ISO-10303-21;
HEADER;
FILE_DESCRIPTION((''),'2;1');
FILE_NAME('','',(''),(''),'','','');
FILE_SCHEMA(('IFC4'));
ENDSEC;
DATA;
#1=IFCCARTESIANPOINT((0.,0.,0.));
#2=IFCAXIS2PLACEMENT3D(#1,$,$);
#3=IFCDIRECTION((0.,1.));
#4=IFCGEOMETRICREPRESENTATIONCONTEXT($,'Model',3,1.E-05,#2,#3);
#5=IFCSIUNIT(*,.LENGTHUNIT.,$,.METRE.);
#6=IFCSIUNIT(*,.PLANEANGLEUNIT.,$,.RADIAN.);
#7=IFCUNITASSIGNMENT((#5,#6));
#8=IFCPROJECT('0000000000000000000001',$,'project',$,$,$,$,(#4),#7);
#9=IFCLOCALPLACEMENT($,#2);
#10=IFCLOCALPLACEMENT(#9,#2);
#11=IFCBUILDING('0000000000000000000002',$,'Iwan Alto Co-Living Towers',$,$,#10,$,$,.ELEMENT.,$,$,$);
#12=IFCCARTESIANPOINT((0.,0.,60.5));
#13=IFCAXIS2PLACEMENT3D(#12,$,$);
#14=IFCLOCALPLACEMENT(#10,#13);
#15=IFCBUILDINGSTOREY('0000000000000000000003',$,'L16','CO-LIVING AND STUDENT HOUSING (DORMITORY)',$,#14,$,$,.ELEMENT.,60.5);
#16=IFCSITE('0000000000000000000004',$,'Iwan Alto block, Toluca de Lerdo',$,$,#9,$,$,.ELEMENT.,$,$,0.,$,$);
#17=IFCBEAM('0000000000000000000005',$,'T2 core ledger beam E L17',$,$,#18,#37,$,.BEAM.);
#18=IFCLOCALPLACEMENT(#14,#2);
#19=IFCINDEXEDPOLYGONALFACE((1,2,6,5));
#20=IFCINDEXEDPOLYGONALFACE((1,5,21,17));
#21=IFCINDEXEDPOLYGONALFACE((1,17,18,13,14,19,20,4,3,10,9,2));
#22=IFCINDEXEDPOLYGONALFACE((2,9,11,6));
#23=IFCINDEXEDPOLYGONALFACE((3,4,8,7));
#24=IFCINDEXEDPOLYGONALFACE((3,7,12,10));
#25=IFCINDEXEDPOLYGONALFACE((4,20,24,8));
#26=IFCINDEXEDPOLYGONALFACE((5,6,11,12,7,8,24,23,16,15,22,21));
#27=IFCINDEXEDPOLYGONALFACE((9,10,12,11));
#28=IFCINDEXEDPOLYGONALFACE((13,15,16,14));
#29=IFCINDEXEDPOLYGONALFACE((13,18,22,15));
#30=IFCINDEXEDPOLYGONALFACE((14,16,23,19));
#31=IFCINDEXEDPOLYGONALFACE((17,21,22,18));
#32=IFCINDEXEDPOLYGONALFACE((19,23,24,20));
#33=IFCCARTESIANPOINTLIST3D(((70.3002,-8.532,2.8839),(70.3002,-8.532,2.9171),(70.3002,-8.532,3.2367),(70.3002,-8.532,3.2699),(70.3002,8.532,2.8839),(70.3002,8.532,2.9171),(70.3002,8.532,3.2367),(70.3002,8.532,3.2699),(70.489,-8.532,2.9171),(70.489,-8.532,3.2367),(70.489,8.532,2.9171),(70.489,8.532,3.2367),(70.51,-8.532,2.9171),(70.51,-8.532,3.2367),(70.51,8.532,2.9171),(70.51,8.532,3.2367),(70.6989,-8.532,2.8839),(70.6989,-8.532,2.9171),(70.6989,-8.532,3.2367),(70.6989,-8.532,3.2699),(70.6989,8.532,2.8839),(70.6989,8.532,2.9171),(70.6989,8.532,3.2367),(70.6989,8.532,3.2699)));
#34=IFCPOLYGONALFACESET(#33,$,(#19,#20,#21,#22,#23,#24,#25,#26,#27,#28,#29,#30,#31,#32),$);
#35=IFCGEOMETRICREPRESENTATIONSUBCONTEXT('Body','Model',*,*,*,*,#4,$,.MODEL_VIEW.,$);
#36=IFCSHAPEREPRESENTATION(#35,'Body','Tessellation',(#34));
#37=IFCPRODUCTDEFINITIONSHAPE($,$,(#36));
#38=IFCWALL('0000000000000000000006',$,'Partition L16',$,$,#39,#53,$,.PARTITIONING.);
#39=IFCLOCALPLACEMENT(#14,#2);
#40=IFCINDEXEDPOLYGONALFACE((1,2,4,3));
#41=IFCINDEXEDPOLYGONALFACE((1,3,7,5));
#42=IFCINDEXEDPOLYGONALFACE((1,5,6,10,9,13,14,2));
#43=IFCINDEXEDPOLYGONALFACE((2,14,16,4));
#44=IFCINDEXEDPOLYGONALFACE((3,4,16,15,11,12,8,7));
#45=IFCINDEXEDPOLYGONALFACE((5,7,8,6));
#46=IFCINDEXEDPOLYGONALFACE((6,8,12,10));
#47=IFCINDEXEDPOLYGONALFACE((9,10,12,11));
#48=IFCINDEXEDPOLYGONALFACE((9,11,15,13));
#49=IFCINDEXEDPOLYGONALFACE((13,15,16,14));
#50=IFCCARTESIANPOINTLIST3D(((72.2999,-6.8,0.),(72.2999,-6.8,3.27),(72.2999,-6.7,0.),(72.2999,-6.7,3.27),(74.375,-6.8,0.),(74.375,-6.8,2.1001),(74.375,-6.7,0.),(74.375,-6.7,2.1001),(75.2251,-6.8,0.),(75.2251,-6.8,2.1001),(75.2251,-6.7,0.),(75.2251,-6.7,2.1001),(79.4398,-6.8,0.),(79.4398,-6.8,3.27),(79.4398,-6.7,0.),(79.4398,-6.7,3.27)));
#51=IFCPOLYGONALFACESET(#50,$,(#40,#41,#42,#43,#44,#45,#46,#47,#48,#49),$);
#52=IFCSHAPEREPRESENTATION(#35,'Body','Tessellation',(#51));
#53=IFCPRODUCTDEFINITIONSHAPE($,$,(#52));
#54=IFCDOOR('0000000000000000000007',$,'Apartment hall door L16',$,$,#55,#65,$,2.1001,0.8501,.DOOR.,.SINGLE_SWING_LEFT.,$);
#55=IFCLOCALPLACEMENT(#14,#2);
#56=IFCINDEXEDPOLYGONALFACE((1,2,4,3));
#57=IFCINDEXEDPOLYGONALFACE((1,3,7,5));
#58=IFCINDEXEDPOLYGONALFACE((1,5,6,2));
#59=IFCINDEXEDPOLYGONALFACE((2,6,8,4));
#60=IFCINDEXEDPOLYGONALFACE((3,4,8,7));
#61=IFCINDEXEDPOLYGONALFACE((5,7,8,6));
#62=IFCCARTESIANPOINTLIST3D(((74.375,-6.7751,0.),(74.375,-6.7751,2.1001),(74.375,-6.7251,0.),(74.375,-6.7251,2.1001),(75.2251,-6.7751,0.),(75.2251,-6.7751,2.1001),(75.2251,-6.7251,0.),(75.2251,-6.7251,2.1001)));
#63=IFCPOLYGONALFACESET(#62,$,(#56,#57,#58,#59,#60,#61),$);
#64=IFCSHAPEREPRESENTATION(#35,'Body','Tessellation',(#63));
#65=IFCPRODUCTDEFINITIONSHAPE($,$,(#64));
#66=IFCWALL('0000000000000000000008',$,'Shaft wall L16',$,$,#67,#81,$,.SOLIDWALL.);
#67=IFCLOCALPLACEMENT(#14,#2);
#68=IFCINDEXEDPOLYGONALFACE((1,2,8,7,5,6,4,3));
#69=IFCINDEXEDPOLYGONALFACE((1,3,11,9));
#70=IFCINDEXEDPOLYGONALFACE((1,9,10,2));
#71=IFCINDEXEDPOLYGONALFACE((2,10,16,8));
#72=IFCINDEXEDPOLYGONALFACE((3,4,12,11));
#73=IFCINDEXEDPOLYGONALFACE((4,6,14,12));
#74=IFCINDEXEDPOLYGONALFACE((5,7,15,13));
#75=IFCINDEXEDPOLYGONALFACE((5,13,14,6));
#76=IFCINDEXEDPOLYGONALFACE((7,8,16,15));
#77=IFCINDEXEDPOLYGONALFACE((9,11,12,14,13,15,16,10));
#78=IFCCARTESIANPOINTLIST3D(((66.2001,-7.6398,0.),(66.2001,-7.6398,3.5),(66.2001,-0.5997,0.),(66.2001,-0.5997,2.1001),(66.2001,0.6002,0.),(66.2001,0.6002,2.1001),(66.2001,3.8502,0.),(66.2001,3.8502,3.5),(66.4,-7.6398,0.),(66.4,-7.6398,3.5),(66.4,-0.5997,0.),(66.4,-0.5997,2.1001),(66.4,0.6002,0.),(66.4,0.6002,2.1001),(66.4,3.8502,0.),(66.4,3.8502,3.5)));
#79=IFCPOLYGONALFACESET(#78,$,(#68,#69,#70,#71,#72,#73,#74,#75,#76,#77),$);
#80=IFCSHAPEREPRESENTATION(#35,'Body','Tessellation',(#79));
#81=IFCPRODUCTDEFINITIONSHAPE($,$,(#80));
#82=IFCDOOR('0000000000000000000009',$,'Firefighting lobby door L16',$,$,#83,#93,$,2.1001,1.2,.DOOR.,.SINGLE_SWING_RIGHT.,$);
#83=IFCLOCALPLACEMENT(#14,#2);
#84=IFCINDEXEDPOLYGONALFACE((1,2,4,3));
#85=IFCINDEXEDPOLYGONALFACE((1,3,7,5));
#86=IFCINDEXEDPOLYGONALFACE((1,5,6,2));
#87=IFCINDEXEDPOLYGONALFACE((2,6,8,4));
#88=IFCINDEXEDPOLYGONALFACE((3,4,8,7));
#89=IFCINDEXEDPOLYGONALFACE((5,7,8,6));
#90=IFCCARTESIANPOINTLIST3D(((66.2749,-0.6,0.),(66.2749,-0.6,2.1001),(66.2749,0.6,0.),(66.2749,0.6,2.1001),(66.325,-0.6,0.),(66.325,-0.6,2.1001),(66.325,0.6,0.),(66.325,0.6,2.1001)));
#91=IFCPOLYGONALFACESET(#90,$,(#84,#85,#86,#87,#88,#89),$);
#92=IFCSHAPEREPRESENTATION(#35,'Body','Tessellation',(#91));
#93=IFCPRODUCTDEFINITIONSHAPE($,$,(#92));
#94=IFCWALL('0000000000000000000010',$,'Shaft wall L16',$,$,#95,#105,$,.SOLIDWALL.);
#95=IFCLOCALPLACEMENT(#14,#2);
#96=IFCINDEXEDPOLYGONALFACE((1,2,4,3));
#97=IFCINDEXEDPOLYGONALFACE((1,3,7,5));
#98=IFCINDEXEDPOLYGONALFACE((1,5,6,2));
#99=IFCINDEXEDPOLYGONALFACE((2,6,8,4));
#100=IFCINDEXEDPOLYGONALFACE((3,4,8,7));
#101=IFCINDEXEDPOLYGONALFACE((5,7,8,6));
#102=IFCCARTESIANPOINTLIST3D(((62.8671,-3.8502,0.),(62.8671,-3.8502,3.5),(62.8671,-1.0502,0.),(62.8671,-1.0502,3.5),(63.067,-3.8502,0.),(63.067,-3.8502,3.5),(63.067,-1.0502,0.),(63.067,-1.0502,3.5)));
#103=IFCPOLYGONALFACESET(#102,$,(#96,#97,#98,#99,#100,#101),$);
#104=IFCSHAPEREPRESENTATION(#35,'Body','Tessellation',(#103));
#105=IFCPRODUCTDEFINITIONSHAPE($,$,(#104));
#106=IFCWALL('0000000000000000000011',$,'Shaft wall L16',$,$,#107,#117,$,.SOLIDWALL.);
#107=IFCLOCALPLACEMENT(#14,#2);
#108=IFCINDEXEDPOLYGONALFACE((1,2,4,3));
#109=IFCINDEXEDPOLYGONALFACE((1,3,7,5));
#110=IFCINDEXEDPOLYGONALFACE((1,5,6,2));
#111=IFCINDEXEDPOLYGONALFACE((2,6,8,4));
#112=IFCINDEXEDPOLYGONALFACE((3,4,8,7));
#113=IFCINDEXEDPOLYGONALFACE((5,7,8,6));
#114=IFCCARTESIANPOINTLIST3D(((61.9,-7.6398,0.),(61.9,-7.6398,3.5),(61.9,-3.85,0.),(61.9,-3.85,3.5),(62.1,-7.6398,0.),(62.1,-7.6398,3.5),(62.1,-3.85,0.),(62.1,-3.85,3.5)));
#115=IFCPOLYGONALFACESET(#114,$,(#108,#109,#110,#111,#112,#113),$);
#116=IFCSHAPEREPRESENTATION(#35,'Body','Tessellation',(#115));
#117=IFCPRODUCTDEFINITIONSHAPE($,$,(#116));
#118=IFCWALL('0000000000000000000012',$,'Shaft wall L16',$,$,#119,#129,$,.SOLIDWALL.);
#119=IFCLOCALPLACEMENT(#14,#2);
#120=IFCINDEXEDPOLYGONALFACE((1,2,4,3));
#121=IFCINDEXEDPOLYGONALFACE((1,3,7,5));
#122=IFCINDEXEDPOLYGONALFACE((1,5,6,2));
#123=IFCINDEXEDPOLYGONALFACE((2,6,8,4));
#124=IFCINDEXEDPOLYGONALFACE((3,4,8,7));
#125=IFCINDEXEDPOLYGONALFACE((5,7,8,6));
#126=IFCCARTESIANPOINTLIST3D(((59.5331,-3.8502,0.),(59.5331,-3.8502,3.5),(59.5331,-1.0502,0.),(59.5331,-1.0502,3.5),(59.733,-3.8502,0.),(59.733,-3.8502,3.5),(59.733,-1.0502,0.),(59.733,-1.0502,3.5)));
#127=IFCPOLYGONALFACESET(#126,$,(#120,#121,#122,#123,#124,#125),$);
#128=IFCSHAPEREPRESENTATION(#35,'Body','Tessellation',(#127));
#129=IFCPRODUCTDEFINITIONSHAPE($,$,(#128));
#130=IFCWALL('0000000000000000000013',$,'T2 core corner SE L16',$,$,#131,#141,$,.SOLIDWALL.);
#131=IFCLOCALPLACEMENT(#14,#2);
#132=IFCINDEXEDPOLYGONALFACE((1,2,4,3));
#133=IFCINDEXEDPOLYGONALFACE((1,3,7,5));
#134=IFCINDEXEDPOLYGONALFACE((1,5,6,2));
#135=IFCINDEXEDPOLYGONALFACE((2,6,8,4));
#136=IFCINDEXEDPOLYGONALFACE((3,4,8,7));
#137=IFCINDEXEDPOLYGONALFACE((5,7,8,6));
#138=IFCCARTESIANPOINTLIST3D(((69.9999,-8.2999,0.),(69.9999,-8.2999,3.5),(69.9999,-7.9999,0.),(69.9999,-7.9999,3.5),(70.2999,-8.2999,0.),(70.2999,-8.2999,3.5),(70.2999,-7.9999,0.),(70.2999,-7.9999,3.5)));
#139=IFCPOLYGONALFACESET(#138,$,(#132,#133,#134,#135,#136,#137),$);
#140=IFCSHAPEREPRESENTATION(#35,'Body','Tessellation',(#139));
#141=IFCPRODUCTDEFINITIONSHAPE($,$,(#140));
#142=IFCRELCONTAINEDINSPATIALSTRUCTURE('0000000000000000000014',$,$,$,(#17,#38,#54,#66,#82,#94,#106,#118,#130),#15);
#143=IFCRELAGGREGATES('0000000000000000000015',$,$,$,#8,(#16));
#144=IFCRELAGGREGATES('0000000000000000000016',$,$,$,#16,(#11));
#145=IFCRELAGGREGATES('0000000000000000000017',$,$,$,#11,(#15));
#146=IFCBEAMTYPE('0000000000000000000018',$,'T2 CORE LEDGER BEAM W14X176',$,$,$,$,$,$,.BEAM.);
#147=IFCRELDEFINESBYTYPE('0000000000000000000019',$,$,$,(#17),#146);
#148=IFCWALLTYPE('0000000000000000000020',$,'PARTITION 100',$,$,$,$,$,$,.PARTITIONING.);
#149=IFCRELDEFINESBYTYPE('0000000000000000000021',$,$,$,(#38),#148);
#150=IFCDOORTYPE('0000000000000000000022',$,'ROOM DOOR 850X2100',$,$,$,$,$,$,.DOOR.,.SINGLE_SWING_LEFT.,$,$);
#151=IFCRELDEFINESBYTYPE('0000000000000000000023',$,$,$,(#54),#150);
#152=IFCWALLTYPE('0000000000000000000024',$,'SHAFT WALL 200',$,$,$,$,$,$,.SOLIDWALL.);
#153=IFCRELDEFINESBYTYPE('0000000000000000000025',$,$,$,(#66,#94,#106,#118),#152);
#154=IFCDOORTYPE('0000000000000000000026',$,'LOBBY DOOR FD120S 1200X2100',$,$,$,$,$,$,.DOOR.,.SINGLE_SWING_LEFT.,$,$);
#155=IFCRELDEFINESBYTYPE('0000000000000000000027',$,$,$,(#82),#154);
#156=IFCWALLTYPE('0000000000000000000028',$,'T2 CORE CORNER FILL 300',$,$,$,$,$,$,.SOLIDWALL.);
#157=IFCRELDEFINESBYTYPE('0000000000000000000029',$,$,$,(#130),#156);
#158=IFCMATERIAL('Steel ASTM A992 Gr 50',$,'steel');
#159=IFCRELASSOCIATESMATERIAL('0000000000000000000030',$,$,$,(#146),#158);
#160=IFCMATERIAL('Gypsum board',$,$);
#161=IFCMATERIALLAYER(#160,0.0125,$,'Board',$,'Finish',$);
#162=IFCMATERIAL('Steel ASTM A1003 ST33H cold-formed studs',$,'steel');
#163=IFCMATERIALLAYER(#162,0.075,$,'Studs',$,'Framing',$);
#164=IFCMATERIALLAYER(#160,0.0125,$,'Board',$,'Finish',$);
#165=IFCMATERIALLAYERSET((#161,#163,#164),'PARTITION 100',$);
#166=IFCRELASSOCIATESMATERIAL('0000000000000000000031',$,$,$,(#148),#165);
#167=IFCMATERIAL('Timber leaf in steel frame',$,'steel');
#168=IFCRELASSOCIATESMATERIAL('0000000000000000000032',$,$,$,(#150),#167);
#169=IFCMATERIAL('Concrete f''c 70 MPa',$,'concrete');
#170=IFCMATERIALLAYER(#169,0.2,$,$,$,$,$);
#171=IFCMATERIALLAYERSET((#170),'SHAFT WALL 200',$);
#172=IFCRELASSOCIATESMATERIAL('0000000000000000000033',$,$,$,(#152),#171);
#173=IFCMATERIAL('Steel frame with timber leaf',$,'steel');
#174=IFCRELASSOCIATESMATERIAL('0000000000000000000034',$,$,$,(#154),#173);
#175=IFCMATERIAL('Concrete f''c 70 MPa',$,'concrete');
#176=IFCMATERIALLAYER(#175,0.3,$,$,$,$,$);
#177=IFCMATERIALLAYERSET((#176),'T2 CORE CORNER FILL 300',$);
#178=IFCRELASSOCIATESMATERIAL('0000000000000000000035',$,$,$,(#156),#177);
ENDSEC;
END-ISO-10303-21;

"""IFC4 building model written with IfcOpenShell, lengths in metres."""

from ifc_helpers import new_model, si_unit, direction, frame, frame_2d, origin, origin_2d, place, context, subcontext, project, spatial, rectangle, i_section, extrude, material, layer, layer_set, material_profile, profile_set, type_object, element, fill, save


model = new_model("IFC4")

# Units and contexts
model_context = context("Model", 3, precision=1e-05, world=origin(), true_north=direction((0.0, 1.0)))
body_context = subcontext(model_context, "Body", "Model", "MODEL_VIEW")
ifc_project = project(units=[si_unit("LENGTHUNIT", "METRE"), si_unit("PLANEANGLEUNIT", "RADIAN")], contexts=[model_context])

# Site, building, storey
site_placement = place(None, origin())
site = spatial("IfcSite", under=ifc_project, at=site_placement, Name="Iwan Alto block, Toluca de Lerdo", CompositionType="ELEMENT", RefElevation=0.0)
building_placement = place(site_placement, origin())
building = spatial("IfcBuilding", under=site, at=building_placement, Name="Iwan Alto Co-Living Towers", CompositionType="ELEMENT")
storey_placement = place(building_placement, frame((0.0, 0.0, 60.5)))
storey = spatial("IfcBuildingStorey", under=building, at=storey_placement, Name="L16", Description="CO-LIVING AND STUDENT HOUSING (DORMITORY)", CompositionType="ELEMENT", Elevation=60.5)

# Beam
ifc_material_1 = material(Name="Steel ASTM A992 Gr 50", Category="steel")
ifc_material_profile = material_profile(ifc_material_1, i_section(OverallWidth=0.3987, OverallDepth=0.386, WebThickness=0.021, FlangeThickness=0.0332, at=origin_2d()), Name="W14X176")
ifc_profile_set = profile_set([ifc_material_profile], Name="Steel ASTM A992 Gr 50")
beam_type = type_object("IfcBeamType", Name="T2 CORE LEDGER BEAM W14X176", PredefinedType="BEAM", material=ifc_profile_set)
beam_placement = place(storey_placement, frame((70.4995, -8.532, 3.0769), z_axis=(0.0, 1.0, 0.0), x_axis=(-1.0, 0.0, 0.0)))
element("IfcBeam", 1, at=beam_placement, inside=storey, type_object=beam_type, Name="T2 core ledger beam E L17", PredefinedType="BEAM", context=body_context, shape_type="SweptSolid", body=[
    extrude(i_section(OverallWidth=0.3987, OverallDepth=0.386, WebThickness=0.021, FlangeThickness=0.0332, at=origin_2d()), origin(), (0.0, 0.0, 1.0), 17.064),
])

# Walls, openings, doors
ifc_material_2 = material(Name="Gypsum board")
ifc_layer_1 = layer(ifc_material_2, 0.0125, Name="Board", Category="Finish")
ifc_material_3 = material(Name="Steel ASTM A1003 ST33H cold-formed studs", Category="steel")
ifc_layer_2 = layer(ifc_material_3, 0.075, Name="Studs", Category="Framing")
ifc_layer_3 = layer(ifc_material_2, 0.0125, Name="Board", Category="Finish")
ifc_layer_set_1 = layer_set([ifc_layer_1, ifc_layer_2, ifc_layer_3], Name="PARTITION 100")
wall_type_1 = type_object("IfcWallType", Name="PARTITION 100", PredefinedType="PARTITIONING", material=ifc_layer_set_1)
wall_1_placement = place(storey_placement, frame((72.3, -6.75, 0.0), z_axis=(0.0, 0.0, 1.0), x_axis=(1.0, 0.0, 0.0)))
wall_1 = element("IfcWall", 2, at=wall_1_placement, inside=storey, type_object=wall_type_1, Name="Partition L16", PredefinedType="PARTITIONING", context=body_context, shape_type="SweptSolid", body=[
    extrude(rectangle(XDim=7.1399, YDim=0.1001, at=frame_2d((3.5698, 0.0))), origin(), (0.0, 0.0, 1.0), 3.27),
])
opening_1_placement = place(wall_1_placement, frame((2.075, 0.0, 0.0)))
opening_1 = element("IfcOpeningElement", 3, at=opening_1_placement, cuts=wall_1, PredefinedType="OPENING", context=body_context, shape_type="SweptSolid", body=[
    extrude(rectangle(XDim=0.8501, YDim=2.1001, at=frame_2d((0.425, 1.05))), frame((0.0, 0.0601, 0.0), z_axis=(0.0, -1.0, 0.0), x_axis=(1.0, 0.0, 0.0)), (0.0, 0.0, 1.0), 0.1201),
])
ifc_material_4 = material(Name="Timber leaf in steel frame", Category="steel")
door_type_1 = type_object("IfcDoorType", Name="ROOM DOOR 850X2100", OperationType="SINGLE_SWING_LEFT", PredefinedType="DOOR", material=ifc_material_4)
door_1_placement = place(opening_1_placement, origin())
door_1 = element("IfcDoor", 4, at=door_1_placement, inside=storey, type_object=door_type_1, Name="Apartment hall door L16", OperationType="SINGLE_SWING_LEFT", OverallHeight=2.1001, OverallWidth=0.8501, PredefinedType="DOOR", context=body_context, shape_type="SweptSolid", body=[
    extrude(rectangle(XDim=0.8501, YDim=2.1001, at=frame_2d((0.425, 1.05))), frame((0.0, 0.0249, 0.0), z_axis=(0.0, -1.0, 0.0), x_axis=(1.0, 0.0, 0.0)), (0.0, 0.0, 1.0), 0.05),
])
fill(opening_1, door_1)
ifc_material_5 = material(Name="Concrete f'c 70 MPa", Category="concrete")
ifc_layer_4 = layer(ifc_material_5, 0.2)
ifc_layer_set_2 = layer_set([ifc_layer_4], Name="SHAFT WALL 200")
wall_type_2 = type_object("IfcWallType", Name="SHAFT WALL 200", PredefinedType="SOLIDWALL", material=ifc_layer_set_2)
wall_2_placement = place(storey_placement, frame((66.3, -7.6399, 0.0), z_axis=(0.0, 0.0, 1.0), x_axis=(0.0, 1.0, 0.0)))
wall_2 = element("IfcWall", 5, at=wall_2_placement, inside=storey, type_object=wall_type_2, Name="Shaft wall L16", PredefinedType="SOLIDWALL", context=body_context, shape_type="SweptSolid", body=[
    extrude(rectangle(XDim=11.49, YDim=0.2, at=frame_2d((5.7451, 0.0))), origin(), (0.0, 0.0, 1.0), 3.5),
])
opening_2_placement = place(wall_2_placement, frame((7.04, 0.0, 0.0)))
opening_2 = element("IfcOpeningElement", 6, at=opening_2_placement, cuts=wall_2, PredefinedType="OPENING", context=body_context, shape_type="SweptSolid", body=[
    extrude(rectangle(XDim=1.2, YDim=2.1001, at=frame_2d((0.6001, 1.05))), frame((0.0, 0.1099, 0.0), z_axis=(0.0, -1.0, 0.0), x_axis=(1.0, 0.0, 0.0)), (0.0, 0.0, 1.0), 0.22),
])
ifc_material_6 = material(Name="Steel frame with timber leaf", Category="steel")
door_type_2 = type_object("IfcDoorType", Name="LOBBY DOOR FD120S 1200X2100", OperationType="SINGLE_SWING_LEFT", PredefinedType="DOOR", material=ifc_material_6)
door_2_placement = place(opening_2_placement, frame((1.2, 0.0, 0.0), z_axis=(0.0, 0.0, 1.0), x_axis=(-1.0, 0.0, 0.0)))
door_2 = element("IfcDoor", 7, at=door_2_placement, inside=storey, type_object=door_type_2, Name="Firefighting lobby door L16", OperationType="SINGLE_SWING_RIGHT", OverallHeight=2.1001, OverallWidth=1.2, PredefinedType="DOOR", context=body_context, shape_type="SweptSolid", body=[
    extrude(rectangle(XDim=1.2, YDim=2.1001, at=frame_2d((0.6001, 1.05))), frame((0.0, 0.0249, 0.0), z_axis=(0.0, -1.0, 0.0), x_axis=(1.0, 0.0, 0.0)), (0.0, 0.0, 1.0), 0.05),
])
fill(opening_2, door_2)

# Walls
wall_3_placement = place(storey_placement, frame((62.967, -3.8501, 0.0), z_axis=(0.0, 0.0, 1.0), x_axis=(0.0, 1.0, 0.0)))
element("IfcWall", 8, at=wall_3_placement, inside=storey, type_object=wall_type_2, Name="Shaft wall L16", PredefinedType="SOLIDWALL", context=body_context, shape_type="SweptSolid", body=[
    extrude(rectangle(XDim=2.8, YDim=0.2, at=frame_2d((1.3999, 0.0))), origin(), (0.0, 0.0, 1.0), 3.5),
])
wall_4_placement = place(storey_placement, frame((62.0, -7.6399, 0.0), z_axis=(0.0, 0.0, 1.0), x_axis=(0.0, 1.0, 0.0)))
element("IfcWall", 9, at=wall_4_placement, inside=storey, type_object=wall_type_2, Name="Shaft wall L16", PredefinedType="SOLIDWALL", context=body_context, shape_type="SweptSolid", body=[
    extrude(rectangle(XDim=3.7898, YDim=0.2, at=frame_2d((1.895, 0.0))), origin(), (0.0, 0.0, 1.0), 3.5),
])
wall_5_placement = place(storey_placement, frame((59.6331, -3.8501, 0.0), z_axis=(0.0, 0.0, 1.0), x_axis=(0.0, 1.0, 0.0)))
element("IfcWall", 10, at=wall_5_placement, inside=storey, type_object=wall_type_2, Name="Shaft wall L16", PredefinedType="SOLIDWALL", context=body_context, shape_type="SweptSolid", body=[
    extrude(rectangle(XDim=2.8, YDim=0.2, at=frame_2d((1.3999, 0.0))), origin(), (0.0, 0.0, 1.0), 3.5),
])
ifc_material_7 = material(Name="Concrete f'c 70 MPa", Category="concrete")
ifc_layer_5 = layer(ifc_material_7, 0.3)
ifc_layer_set_3 = layer_set([ifc_layer_5], Name="T2 CORE CORNER FILL 300")
wall_type_3 = type_object("IfcWallType", Name="T2 CORE CORNER FILL 300", PredefinedType="SOLIDWALL", material=ifc_layer_set_3)
wall_6_placement = place(storey_placement, frame((70.0, -8.1499, 0.0), z_axis=(0.0, 0.0, 1.0), x_axis=(1.0, 0.0, 0.0)))
element("IfcWall", 11, at=wall_6_placement, inside=storey, type_object=wall_type_3, Name="T2 core corner SE L16", PredefinedType="SOLIDWALL", context=body_context, shape_type="SweptSolid", body=[
    extrude(rectangle(XDim=0.3, YDim=0.3, at=frame_2d((0.1499, 0.0))), origin(), (0.0, 0.0, 1.0), 3.5),
])

save(model, "model.ifc")
